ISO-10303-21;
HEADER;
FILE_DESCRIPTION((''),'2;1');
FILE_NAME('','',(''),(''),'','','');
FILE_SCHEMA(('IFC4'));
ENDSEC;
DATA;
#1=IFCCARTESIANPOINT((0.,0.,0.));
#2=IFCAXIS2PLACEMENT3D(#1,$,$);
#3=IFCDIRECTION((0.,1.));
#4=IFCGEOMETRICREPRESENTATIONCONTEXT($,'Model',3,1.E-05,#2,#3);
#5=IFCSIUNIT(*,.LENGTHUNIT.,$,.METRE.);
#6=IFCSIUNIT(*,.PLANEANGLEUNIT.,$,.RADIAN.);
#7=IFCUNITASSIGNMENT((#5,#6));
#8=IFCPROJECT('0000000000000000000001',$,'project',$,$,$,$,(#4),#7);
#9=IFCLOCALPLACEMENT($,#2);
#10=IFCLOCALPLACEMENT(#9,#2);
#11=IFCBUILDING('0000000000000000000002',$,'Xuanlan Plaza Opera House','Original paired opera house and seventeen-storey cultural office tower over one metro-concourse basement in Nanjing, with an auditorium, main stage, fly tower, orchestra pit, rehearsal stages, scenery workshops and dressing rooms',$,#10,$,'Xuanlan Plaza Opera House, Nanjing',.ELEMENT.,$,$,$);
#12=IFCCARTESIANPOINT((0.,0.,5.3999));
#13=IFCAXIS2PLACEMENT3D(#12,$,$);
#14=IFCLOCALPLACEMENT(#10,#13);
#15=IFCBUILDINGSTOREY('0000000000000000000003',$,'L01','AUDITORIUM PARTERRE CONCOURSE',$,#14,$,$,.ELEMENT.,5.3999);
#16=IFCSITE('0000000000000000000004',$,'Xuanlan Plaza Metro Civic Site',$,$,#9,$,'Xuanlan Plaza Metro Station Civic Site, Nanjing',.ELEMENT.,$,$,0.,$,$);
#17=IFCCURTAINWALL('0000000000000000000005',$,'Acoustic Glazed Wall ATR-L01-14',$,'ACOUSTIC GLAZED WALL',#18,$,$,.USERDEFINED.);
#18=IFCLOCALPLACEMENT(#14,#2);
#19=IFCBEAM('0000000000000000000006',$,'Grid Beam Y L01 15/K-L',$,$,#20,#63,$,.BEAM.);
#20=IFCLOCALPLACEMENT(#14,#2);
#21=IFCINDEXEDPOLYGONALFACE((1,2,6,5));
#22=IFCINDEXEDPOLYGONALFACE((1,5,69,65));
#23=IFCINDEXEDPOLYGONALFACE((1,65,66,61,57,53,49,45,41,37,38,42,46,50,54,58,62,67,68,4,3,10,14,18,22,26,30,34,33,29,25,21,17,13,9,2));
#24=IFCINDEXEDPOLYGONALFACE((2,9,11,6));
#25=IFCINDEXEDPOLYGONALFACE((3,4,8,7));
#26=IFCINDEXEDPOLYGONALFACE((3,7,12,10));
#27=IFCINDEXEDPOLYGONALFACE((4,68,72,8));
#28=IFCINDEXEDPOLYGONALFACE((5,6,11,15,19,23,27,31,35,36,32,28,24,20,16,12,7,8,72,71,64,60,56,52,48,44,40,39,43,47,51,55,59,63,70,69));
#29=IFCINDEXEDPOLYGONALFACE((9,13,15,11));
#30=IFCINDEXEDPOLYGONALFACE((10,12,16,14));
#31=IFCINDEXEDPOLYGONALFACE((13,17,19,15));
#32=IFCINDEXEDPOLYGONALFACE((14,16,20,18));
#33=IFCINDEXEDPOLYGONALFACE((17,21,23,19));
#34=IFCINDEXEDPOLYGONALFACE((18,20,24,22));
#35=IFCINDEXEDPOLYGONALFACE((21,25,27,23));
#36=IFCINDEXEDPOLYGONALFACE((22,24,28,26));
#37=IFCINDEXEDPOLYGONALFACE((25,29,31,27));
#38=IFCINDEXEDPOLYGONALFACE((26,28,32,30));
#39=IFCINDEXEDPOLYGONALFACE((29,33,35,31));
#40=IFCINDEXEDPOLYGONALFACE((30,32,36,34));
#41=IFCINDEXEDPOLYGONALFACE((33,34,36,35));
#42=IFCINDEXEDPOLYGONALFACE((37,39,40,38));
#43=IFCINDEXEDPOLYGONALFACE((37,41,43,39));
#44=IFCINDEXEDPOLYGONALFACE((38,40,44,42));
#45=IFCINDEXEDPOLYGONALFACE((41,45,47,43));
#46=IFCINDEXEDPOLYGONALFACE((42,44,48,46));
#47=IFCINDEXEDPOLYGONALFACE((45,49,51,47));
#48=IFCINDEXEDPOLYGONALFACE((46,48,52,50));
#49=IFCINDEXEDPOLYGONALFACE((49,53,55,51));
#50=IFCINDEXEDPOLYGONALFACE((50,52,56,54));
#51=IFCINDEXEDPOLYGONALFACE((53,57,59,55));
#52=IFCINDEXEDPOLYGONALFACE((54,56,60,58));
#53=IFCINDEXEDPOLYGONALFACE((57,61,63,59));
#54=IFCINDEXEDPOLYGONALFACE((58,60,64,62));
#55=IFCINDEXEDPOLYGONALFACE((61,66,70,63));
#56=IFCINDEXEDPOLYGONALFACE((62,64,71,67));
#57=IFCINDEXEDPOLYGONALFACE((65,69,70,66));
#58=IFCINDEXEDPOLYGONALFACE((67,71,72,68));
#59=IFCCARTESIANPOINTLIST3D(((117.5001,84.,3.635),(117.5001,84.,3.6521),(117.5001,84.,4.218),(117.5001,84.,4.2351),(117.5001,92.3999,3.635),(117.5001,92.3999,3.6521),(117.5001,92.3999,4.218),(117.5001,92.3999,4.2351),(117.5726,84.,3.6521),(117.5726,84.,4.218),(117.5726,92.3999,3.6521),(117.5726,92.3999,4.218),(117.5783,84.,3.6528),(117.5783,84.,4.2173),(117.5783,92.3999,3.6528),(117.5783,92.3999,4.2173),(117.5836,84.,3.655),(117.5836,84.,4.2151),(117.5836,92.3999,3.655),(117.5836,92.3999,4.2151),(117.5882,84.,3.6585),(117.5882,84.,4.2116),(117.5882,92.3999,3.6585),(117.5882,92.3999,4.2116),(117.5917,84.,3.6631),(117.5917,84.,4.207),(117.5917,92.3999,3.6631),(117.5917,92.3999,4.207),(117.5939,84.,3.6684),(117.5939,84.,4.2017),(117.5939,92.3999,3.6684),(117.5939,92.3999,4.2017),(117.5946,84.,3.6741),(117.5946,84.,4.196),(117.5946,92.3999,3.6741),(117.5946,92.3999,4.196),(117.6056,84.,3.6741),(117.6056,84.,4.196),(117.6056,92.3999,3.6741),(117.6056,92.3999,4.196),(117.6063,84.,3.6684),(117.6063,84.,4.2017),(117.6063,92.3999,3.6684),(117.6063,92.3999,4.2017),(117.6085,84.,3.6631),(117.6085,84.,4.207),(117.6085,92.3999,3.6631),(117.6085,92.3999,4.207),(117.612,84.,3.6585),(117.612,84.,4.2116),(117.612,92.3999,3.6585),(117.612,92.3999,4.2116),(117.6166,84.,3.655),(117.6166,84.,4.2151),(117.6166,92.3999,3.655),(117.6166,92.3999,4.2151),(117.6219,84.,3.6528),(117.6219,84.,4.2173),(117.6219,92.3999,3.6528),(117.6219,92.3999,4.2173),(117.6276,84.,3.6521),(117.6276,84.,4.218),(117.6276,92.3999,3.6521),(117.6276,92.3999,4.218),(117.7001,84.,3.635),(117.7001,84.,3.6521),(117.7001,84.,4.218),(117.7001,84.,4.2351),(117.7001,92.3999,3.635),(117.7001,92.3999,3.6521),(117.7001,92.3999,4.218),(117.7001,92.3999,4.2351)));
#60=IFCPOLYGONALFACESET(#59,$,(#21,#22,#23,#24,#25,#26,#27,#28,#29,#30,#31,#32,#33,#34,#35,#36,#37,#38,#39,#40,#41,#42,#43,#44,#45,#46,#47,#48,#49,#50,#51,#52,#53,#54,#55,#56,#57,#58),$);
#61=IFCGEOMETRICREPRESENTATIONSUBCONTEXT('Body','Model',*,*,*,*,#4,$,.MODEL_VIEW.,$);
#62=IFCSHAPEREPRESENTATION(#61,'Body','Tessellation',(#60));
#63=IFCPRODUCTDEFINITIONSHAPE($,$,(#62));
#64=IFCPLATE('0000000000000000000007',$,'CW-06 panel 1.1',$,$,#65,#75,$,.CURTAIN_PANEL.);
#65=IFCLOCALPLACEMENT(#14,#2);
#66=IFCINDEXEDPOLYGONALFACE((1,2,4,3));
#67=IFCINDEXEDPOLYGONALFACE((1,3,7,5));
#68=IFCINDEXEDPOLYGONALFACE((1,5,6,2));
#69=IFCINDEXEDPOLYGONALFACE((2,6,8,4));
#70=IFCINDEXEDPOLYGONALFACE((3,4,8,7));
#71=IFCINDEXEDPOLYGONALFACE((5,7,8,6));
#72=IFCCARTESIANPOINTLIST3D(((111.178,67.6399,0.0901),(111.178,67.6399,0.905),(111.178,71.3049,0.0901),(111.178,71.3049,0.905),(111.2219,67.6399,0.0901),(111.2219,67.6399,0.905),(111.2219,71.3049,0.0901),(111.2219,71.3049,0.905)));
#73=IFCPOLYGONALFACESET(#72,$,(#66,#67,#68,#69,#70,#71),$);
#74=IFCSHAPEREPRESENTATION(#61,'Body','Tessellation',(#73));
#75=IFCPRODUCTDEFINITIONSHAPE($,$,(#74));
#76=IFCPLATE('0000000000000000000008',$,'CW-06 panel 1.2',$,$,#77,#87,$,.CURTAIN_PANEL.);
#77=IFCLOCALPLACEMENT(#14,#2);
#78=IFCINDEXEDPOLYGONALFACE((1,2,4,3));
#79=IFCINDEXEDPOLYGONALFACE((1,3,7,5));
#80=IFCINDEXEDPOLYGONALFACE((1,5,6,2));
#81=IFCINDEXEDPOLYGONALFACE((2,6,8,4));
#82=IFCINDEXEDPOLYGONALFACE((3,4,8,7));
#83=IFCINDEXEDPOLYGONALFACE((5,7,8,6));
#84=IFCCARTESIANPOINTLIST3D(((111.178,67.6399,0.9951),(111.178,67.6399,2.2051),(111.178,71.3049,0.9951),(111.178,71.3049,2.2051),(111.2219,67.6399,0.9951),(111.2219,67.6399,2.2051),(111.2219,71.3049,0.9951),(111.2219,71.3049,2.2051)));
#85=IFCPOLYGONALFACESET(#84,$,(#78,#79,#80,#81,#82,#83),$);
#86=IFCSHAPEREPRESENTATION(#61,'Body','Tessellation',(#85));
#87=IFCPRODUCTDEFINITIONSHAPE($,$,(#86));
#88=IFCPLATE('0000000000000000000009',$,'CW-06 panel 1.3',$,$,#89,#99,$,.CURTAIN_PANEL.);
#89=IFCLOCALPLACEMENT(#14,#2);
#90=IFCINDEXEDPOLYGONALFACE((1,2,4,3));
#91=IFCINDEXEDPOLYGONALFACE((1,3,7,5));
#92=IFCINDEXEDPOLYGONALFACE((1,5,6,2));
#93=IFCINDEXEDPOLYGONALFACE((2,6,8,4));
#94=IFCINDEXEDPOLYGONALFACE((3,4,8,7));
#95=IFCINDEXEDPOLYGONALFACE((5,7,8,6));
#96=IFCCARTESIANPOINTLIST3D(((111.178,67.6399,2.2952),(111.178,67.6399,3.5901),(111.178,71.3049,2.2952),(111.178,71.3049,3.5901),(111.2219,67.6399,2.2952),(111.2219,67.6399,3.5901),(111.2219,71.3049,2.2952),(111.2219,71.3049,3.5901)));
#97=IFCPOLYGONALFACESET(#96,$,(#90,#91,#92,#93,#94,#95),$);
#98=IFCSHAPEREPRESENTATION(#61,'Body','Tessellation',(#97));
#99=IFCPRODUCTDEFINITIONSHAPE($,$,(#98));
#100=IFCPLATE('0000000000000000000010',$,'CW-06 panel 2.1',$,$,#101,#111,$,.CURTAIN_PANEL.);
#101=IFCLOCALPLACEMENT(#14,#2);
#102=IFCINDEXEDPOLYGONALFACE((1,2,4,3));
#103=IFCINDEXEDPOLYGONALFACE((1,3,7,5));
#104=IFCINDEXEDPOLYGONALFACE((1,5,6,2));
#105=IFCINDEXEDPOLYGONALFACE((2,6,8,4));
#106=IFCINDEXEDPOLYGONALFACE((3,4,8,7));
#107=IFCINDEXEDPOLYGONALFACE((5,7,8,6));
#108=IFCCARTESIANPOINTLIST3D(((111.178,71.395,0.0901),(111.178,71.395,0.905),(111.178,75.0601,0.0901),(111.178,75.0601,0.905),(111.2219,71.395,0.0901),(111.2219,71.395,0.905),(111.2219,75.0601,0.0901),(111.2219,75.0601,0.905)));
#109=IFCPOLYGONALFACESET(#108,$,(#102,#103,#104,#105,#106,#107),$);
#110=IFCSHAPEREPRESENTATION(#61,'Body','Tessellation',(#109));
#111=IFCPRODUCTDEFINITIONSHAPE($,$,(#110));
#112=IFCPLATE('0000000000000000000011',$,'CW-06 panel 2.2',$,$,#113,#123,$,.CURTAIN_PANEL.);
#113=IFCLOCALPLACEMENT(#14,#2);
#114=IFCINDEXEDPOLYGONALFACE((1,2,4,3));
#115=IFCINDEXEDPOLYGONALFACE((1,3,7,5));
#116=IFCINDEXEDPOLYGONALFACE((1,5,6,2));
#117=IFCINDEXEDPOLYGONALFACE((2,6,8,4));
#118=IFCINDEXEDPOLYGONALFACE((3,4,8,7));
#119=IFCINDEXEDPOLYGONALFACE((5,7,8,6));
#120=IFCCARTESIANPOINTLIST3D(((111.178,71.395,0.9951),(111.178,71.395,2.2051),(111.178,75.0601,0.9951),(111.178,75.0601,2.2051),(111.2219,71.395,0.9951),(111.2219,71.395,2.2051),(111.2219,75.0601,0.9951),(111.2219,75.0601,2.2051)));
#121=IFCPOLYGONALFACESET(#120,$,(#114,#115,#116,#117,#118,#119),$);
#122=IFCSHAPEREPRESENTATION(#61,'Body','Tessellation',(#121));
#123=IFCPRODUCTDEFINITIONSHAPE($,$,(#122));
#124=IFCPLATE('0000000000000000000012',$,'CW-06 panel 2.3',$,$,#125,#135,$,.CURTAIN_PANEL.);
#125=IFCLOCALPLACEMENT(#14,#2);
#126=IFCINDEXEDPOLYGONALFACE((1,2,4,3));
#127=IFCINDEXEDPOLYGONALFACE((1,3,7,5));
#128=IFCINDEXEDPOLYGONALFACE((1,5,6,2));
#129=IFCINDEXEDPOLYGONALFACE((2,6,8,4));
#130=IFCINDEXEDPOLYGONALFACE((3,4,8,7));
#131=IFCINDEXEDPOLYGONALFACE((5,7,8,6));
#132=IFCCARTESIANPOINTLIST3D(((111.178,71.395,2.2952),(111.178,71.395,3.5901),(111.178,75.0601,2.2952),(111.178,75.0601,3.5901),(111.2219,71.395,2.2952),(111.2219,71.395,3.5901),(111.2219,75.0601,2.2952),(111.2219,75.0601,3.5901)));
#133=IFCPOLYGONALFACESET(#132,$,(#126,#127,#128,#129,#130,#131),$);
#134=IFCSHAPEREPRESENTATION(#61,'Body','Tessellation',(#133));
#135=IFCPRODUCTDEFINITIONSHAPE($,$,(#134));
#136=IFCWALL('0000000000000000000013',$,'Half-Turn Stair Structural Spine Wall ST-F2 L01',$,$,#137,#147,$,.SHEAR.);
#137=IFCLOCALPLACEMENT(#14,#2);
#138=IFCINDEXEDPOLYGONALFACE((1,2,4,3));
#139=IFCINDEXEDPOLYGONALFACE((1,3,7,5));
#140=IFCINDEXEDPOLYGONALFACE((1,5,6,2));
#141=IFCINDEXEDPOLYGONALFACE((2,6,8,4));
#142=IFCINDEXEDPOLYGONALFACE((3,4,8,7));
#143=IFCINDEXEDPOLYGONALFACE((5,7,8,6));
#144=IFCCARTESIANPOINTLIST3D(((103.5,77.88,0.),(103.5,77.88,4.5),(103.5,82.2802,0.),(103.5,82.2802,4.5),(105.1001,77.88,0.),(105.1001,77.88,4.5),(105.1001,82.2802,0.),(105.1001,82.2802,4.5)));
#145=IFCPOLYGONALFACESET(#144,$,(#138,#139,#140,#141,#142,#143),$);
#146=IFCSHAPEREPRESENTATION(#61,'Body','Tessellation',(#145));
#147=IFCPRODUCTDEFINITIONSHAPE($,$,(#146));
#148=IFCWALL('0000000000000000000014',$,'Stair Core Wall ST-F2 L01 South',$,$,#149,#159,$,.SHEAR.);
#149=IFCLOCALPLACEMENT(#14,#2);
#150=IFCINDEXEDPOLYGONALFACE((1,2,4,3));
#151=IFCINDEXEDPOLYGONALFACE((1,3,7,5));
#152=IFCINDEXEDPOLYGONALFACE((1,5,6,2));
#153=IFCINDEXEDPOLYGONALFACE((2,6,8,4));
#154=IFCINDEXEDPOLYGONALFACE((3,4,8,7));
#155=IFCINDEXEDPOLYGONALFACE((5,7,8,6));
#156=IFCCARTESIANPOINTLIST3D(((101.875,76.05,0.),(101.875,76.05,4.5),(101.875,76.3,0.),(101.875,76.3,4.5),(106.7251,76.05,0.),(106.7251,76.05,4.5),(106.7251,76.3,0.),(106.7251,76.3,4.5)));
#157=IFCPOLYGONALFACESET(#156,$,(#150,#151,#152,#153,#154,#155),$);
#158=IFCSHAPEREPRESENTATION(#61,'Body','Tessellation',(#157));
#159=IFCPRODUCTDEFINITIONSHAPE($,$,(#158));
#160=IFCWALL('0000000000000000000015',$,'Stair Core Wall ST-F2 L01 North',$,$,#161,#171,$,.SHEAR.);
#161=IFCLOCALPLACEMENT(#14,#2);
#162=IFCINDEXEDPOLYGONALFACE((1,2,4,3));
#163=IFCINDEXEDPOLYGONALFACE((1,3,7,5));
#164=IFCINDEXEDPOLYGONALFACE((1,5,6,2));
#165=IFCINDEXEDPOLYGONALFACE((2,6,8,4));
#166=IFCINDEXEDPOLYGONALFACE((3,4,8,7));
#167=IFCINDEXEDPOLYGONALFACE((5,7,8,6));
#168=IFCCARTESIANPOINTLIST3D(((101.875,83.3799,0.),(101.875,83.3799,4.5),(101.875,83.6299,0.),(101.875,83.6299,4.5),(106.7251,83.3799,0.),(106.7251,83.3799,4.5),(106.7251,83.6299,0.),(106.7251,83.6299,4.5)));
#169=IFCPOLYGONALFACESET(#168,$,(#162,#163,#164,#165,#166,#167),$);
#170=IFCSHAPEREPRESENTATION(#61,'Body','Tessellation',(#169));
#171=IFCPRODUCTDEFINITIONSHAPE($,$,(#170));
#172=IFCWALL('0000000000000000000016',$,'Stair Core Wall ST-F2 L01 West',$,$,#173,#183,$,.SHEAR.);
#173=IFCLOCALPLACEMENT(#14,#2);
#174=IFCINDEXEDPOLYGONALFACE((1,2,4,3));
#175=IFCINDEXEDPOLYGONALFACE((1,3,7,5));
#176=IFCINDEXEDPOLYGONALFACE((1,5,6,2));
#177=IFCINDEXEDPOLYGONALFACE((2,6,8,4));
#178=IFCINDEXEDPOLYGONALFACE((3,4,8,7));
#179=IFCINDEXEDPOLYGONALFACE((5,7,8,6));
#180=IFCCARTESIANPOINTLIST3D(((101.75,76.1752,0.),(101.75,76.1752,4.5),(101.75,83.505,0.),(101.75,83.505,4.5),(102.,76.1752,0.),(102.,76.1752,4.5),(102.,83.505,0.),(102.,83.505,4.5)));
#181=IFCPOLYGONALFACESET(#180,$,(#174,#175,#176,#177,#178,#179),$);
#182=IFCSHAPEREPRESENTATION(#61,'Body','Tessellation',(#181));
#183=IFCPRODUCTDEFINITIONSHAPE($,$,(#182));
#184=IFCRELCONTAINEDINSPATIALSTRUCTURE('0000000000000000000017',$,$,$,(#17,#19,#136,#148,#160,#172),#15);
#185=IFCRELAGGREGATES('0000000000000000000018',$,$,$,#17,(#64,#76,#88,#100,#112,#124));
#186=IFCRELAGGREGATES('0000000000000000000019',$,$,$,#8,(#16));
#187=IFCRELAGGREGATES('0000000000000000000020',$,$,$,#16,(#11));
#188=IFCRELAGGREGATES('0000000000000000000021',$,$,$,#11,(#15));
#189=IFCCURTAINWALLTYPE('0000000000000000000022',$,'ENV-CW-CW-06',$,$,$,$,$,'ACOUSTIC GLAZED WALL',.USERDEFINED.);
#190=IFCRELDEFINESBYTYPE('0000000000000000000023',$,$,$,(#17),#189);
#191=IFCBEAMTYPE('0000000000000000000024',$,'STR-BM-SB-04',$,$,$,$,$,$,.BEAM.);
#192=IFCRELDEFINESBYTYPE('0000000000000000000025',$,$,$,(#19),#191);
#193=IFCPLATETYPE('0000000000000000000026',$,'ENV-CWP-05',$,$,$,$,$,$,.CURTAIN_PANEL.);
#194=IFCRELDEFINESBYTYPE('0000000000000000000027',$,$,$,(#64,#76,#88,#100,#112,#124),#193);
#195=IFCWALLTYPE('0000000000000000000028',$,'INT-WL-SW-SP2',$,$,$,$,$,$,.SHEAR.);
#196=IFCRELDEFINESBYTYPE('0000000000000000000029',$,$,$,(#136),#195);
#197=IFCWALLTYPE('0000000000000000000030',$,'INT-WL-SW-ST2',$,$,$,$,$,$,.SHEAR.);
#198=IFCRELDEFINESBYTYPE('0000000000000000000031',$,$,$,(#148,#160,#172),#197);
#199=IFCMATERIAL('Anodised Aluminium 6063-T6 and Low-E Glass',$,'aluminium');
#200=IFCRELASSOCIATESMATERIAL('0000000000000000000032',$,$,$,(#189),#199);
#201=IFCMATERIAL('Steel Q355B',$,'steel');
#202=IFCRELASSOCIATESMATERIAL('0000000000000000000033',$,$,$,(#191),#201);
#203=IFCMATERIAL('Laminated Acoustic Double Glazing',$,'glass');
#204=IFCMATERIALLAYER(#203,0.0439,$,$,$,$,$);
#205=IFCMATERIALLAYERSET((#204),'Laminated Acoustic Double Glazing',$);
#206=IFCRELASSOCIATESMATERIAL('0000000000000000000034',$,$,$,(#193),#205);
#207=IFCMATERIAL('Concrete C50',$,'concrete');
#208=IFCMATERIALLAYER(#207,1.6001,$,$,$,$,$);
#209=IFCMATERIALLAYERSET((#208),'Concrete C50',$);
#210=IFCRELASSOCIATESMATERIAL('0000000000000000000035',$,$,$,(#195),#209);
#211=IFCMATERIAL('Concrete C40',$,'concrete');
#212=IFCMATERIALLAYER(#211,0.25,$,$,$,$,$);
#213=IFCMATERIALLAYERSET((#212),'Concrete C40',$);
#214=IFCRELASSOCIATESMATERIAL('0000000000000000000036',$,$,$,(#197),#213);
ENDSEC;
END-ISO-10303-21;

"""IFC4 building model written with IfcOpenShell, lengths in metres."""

from ifc_helpers import new_model, si_unit, direction, frame, frame_2d, origin, origin_2d, place, context, subcontext, project, spatial, rectangle, i_section, extrude, material, layer, layer_set, material_profile, profile_set, type_object, element, aggregate, save


model = new_model("IFC4")

# Units and contexts
model_context = context("Model", 3, precision=1e-05, world=origin(), true_north=direction((0.0, 1.0)))
body_context = subcontext(model_context, "Body", "Model", "MODEL_VIEW")
ifc_project = project(units=[si_unit("LENGTHUNIT", "METRE"), si_unit("PLANEANGLEUNIT", "RADIAN")], contexts=[model_context])

# Site, building, storey
site_placement = place(None, origin())
site = spatial("IfcSite", under=ifc_project, at=site_placement, Name="Xuanlan Plaza Metro Civic Site", LongName="Xuanlan Plaza Metro Station Civic Site, Nanjing", CompositionType="ELEMENT", RefElevation=0.0)
building_placement = place(site_placement, origin())
building = spatial("IfcBuilding", under=site, at=building_placement, Name="Xuanlan Plaza Opera House", Description="Original paired opera house and seventeen-storey cultural office tower over one metro-concourse basement in Nanjing, with an auditorium, main stage, fly tower, orchestra pit, rehearsal stages, scenery workshops and dressing rooms", LongName="Xuanlan Plaza Opera House, Nanjing", CompositionType="ELEMENT")
storey_placement = place(building_placement, frame((0.0, 0.0, 5.3999)))
storey = spatial("IfcBuildingStorey", under=building, at=storey_placement, Name="L01", Description="AUDITORIUM PARTERRE CONCOURSE", CompositionType="ELEMENT", Elevation=5.3999)

# Shared definitions
ifc_material_1 = material(Name="Concrete C50", Category="concrete")
ifc_material_2 = material(Name="Steel Q355B", Category="steel")

# Curtain wall
ifc_material_3 = material(Name="Anodised Aluminium 6063-T6 and Low-E Glass", Category="aluminium")
curtain_wall_type = type_object("IfcCurtainWallType", Name="ENV-CW-CW-06", ElementType="ACOUSTIC GLAZED WALL", PredefinedType="USERDEFINED", material=ifc_material_3)
curtain_wall_placement = place(storey_placement, origin())
curtain_wall = element("IfcCurtainWall", 1, at=curtain_wall_placement, inside=storey, type_object=curtain_wall_type, Name="Acoustic Glazed Wall ATR-L01-14", ObjectType="ACOUSTIC GLAZED WALL", PredefinedType="USERDEFINED")

# Beam
ifc_material_4 = material(Name="Concrete C40", Category="concrete")
ifc_material_profile_1 = material_profile(ifc_material_2, i_section(OverallWidth=0.2, OverallDepth=0.6001, WebThickness=0.011, FlangeThickness=0.0171, FilletRadius=0.022, at=origin_2d()), Name="HN 600x200x11x17")
ifc_profile_set_1 = profile_set([ifc_material_profile_1], Name="Steel Q355B")
beam_type_1 = type_object("IfcBeamType", Name="STR-BM-SB-04", PredefinedType="BEAM", material=ifc_profile_set_1)
beam_1_placement = place(storey_placement, frame((117.6001, 84.0, 3.9351), z_axis=(0.0, 1.0, 0.0), x_axis=(-1.0, 0.0, 0.0)))
element("IfcBeam", 2, at=beam_1_placement, inside=storey, type_object=beam_type_1, Name="Grid Beam Y L01 15/K-L", PredefinedType="BEAM", context=body_context, shape_type="SweptSolid", body=[
    extrude(i_section(OverallWidth=0.2, OverallDepth=0.6001, WebThickness=0.011, FlangeThickness=0.0171, FilletRadius=0.022, at=origin_2d()), origin(), (0.0, 0.0, 1.0), 8.3999),
])

# Plates
ifc_material_5 = material(Name="Laminated Acoustic Double Glazing", Category="glass")
ifc_layer_1 = layer(ifc_material_5, 0.0439)
ifc_layer_set_1 = layer_set([ifc_layer_1], Name="Laminated Acoustic Double Glazing")
plate_type = type_object("IfcPlateType", Name="ENV-CWP-05", PredefinedType="CURTAIN_PANEL", material=ifc_layer_set_1)
plate_1_placement = place(storey_placement, frame((111.2, 69.4724, 0.0901), z_axis=(0.0, 0.0, 1.0), x_axis=(0.0, 1.0, 0.0)))
plate_1 = element("IfcPlate", 3, at=plate_1_placement, type_object=plate_type, Name="CW-06 panel 1.1", PredefinedType="CURTAIN_PANEL", context=body_context, shape_type="SweptSolid", body=[
    extrude(rectangle(XDim=3.665, YDim=0.0439, at=origin_2d()), origin(), (0.0, 0.0, 1.0), 0.8149),
])
plate_2_placement = place(storey_placement, frame((111.2, 69.4724, 0.9951), z_axis=(0.0, 0.0, 1.0), x_axis=(0.0, 1.0, 0.0)))
plate_2 = element("IfcPlate", 4, at=plate_2_placement, type_object=plate_type, Name="CW-06 panel 1.2", PredefinedType="CURTAIN_PANEL", context=body_context, shape_type="SweptSolid", body=[
    extrude(rectangle(XDim=3.665, YDim=0.0439, at=origin_2d()), origin(), (0.0, 0.0, 1.0), 1.21),
])
plate_3_placement = place(storey_placement, frame((111.2, 69.4724, 2.2952), z_axis=(0.0, 0.0, 1.0), x_axis=(0.0, 1.0, 0.0)))
plate_3 = element("IfcPlate", 5, at=plate_3_placement, type_object=plate_type, Name="CW-06 panel 1.3", PredefinedType="CURTAIN_PANEL", context=body_context, shape_type="SweptSolid", body=[
    extrude(rectangle(XDim=3.665, YDim=0.0439, at=origin_2d()), origin(), (0.0, 0.0, 1.0), 1.2949),
])
plate_4_placement = place(storey_placement, frame((111.2, 73.2275, 0.0901), z_axis=(0.0, 0.0, 1.0), x_axis=(0.0, 1.0, 0.0)))
plate_4 = element("IfcPlate", 6, at=plate_4_placement, type_object=plate_type, Name="CW-06 panel 2.1", PredefinedType="CURTAIN_PANEL", context=body_context, shape_type="SweptSolid", body=[
    extrude(rectangle(XDim=3.665, YDim=0.0439, at=origin_2d()), origin(), (0.0, 0.0, 1.0), 0.8149),
])
plate_5_placement = place(storey_placement, frame((111.2, 73.2275, 0.9951), z_axis=(0.0, 0.0, 1.0), x_axis=(0.0, 1.0, 0.0)))
plate_5 = element("IfcPlate", 7, at=plate_5_placement, type_object=plate_type, Name="CW-06 panel 2.2", PredefinedType="CURTAIN_PANEL", context=body_context, shape_type="SweptSolid", body=[
    extrude(rectangle(XDim=3.665, YDim=0.0439, at=origin_2d()), origin(), (0.0, 0.0, 1.0), 1.21),
])
plate_6_placement = place(storey_placement, frame((111.2, 73.2275, 2.2952), z_axis=(0.0, 0.0, 1.0), x_axis=(0.0, 1.0, 0.0)))
plate_6 = element("IfcPlate", 8, at=plate_6_placement, type_object=plate_type, Name="CW-06 panel 2.3", PredefinedType="CURTAIN_PANEL", context=body_context, shape_type="SweptSolid", body=[
    extrude(rectangle(XDim=3.665, YDim=0.0439, at=origin_2d()), origin(), (0.0, 0.0, 1.0), 1.2949),
])
aggregate(curtain_wall, [plate_1, plate_2, plate_3, plate_4, plate_5, plate_6])

# Walls
ifc_layer_2 = layer(ifc_material_1, 1.6001)
ifc_layer_set_2 = layer_set([ifc_layer_2], Name="Concrete C50")
wall_type_1 = type_object("IfcWallType", Name="INT-WL-SW-SP2", PredefinedType="SHEAR", material=ifc_layer_set_2)
wall_1_placement = place(storey_placement, frame((104.3, 77.8799, 0.0), z_axis=(0.0, 0.0, 1.0), x_axis=(0.0, 1.0, 0.0)))
element("IfcWall", 9, at=wall_1_placement, inside=storey, type_object=wall_type_1, Name="Half-Turn Stair Structural Spine Wall ST-F2 L01", PredefinedType="SHEAR", context=body_context, shape_type="SweptSolid", body=[
    extrude(rectangle(XDim=4.4001, YDim=1.6001, at=frame_2d((2.2002, 0.0))), origin(), (0.0, 0.0, 1.0), 4.5),
])
ifc_layer_3 = layer(ifc_material_4, 0.25)
ifc_layer_set_3 = layer_set([ifc_layer_3], Name="Concrete C40")
wall_type_2 = type_object("IfcWallType", Name="INT-WL-SW-ST2", PredefinedType="SHEAR", material=ifc_layer_set_3)
for number, where, z_axis, x_axis, name in (
    (10, (101.875, 76.175, 0.0), (0.0, 0.0, 1.0), (1.0, 0.0, 0.0), "Stair Core Wall ST-F2 L01 South"),
    (11, (101.875, 83.5049, 0.0), (0.0, 0.0, 1.0), (1.0, 0.0, 0.0), "Stair Core Wall ST-F2 L01 North"),
):
    element("IfcWall", number, at=place(storey_placement, frame(where, z_axis=z_axis, x_axis=x_axis)), inside=storey, type_object=wall_type_2, Name=name, PredefinedType="SHEAR", context=body_context, shape_type="SweptSolid", body=[
        extrude(rectangle(XDim=4.8501, YDim=0.25, at=frame_2d((2.425, 0.0))), origin(), (0.0, 0.0, 1.0), 4.5),
    ])
wall_2_placement = place(storey_placement, frame((101.875, 76.175, 0.0), z_axis=(0.0, 0.0, 1.0), x_axis=(0.0, 1.0, 0.0)))
element("IfcWall", 12, at=wall_2_placement, inside=storey, type_object=wall_type_2, Name="Stair Core Wall ST-F2 L01 West", PredefinedType="SHEAR", context=body_context, shape_type="SweptSolid", body=[
    extrude(rectangle(XDim=7.3298, YDim=0.25, at=frame_2d((3.665, 0.0))), origin(), (0.0, 0.0, 1.0), 4.5),
])

save(model, "model.ifc")
